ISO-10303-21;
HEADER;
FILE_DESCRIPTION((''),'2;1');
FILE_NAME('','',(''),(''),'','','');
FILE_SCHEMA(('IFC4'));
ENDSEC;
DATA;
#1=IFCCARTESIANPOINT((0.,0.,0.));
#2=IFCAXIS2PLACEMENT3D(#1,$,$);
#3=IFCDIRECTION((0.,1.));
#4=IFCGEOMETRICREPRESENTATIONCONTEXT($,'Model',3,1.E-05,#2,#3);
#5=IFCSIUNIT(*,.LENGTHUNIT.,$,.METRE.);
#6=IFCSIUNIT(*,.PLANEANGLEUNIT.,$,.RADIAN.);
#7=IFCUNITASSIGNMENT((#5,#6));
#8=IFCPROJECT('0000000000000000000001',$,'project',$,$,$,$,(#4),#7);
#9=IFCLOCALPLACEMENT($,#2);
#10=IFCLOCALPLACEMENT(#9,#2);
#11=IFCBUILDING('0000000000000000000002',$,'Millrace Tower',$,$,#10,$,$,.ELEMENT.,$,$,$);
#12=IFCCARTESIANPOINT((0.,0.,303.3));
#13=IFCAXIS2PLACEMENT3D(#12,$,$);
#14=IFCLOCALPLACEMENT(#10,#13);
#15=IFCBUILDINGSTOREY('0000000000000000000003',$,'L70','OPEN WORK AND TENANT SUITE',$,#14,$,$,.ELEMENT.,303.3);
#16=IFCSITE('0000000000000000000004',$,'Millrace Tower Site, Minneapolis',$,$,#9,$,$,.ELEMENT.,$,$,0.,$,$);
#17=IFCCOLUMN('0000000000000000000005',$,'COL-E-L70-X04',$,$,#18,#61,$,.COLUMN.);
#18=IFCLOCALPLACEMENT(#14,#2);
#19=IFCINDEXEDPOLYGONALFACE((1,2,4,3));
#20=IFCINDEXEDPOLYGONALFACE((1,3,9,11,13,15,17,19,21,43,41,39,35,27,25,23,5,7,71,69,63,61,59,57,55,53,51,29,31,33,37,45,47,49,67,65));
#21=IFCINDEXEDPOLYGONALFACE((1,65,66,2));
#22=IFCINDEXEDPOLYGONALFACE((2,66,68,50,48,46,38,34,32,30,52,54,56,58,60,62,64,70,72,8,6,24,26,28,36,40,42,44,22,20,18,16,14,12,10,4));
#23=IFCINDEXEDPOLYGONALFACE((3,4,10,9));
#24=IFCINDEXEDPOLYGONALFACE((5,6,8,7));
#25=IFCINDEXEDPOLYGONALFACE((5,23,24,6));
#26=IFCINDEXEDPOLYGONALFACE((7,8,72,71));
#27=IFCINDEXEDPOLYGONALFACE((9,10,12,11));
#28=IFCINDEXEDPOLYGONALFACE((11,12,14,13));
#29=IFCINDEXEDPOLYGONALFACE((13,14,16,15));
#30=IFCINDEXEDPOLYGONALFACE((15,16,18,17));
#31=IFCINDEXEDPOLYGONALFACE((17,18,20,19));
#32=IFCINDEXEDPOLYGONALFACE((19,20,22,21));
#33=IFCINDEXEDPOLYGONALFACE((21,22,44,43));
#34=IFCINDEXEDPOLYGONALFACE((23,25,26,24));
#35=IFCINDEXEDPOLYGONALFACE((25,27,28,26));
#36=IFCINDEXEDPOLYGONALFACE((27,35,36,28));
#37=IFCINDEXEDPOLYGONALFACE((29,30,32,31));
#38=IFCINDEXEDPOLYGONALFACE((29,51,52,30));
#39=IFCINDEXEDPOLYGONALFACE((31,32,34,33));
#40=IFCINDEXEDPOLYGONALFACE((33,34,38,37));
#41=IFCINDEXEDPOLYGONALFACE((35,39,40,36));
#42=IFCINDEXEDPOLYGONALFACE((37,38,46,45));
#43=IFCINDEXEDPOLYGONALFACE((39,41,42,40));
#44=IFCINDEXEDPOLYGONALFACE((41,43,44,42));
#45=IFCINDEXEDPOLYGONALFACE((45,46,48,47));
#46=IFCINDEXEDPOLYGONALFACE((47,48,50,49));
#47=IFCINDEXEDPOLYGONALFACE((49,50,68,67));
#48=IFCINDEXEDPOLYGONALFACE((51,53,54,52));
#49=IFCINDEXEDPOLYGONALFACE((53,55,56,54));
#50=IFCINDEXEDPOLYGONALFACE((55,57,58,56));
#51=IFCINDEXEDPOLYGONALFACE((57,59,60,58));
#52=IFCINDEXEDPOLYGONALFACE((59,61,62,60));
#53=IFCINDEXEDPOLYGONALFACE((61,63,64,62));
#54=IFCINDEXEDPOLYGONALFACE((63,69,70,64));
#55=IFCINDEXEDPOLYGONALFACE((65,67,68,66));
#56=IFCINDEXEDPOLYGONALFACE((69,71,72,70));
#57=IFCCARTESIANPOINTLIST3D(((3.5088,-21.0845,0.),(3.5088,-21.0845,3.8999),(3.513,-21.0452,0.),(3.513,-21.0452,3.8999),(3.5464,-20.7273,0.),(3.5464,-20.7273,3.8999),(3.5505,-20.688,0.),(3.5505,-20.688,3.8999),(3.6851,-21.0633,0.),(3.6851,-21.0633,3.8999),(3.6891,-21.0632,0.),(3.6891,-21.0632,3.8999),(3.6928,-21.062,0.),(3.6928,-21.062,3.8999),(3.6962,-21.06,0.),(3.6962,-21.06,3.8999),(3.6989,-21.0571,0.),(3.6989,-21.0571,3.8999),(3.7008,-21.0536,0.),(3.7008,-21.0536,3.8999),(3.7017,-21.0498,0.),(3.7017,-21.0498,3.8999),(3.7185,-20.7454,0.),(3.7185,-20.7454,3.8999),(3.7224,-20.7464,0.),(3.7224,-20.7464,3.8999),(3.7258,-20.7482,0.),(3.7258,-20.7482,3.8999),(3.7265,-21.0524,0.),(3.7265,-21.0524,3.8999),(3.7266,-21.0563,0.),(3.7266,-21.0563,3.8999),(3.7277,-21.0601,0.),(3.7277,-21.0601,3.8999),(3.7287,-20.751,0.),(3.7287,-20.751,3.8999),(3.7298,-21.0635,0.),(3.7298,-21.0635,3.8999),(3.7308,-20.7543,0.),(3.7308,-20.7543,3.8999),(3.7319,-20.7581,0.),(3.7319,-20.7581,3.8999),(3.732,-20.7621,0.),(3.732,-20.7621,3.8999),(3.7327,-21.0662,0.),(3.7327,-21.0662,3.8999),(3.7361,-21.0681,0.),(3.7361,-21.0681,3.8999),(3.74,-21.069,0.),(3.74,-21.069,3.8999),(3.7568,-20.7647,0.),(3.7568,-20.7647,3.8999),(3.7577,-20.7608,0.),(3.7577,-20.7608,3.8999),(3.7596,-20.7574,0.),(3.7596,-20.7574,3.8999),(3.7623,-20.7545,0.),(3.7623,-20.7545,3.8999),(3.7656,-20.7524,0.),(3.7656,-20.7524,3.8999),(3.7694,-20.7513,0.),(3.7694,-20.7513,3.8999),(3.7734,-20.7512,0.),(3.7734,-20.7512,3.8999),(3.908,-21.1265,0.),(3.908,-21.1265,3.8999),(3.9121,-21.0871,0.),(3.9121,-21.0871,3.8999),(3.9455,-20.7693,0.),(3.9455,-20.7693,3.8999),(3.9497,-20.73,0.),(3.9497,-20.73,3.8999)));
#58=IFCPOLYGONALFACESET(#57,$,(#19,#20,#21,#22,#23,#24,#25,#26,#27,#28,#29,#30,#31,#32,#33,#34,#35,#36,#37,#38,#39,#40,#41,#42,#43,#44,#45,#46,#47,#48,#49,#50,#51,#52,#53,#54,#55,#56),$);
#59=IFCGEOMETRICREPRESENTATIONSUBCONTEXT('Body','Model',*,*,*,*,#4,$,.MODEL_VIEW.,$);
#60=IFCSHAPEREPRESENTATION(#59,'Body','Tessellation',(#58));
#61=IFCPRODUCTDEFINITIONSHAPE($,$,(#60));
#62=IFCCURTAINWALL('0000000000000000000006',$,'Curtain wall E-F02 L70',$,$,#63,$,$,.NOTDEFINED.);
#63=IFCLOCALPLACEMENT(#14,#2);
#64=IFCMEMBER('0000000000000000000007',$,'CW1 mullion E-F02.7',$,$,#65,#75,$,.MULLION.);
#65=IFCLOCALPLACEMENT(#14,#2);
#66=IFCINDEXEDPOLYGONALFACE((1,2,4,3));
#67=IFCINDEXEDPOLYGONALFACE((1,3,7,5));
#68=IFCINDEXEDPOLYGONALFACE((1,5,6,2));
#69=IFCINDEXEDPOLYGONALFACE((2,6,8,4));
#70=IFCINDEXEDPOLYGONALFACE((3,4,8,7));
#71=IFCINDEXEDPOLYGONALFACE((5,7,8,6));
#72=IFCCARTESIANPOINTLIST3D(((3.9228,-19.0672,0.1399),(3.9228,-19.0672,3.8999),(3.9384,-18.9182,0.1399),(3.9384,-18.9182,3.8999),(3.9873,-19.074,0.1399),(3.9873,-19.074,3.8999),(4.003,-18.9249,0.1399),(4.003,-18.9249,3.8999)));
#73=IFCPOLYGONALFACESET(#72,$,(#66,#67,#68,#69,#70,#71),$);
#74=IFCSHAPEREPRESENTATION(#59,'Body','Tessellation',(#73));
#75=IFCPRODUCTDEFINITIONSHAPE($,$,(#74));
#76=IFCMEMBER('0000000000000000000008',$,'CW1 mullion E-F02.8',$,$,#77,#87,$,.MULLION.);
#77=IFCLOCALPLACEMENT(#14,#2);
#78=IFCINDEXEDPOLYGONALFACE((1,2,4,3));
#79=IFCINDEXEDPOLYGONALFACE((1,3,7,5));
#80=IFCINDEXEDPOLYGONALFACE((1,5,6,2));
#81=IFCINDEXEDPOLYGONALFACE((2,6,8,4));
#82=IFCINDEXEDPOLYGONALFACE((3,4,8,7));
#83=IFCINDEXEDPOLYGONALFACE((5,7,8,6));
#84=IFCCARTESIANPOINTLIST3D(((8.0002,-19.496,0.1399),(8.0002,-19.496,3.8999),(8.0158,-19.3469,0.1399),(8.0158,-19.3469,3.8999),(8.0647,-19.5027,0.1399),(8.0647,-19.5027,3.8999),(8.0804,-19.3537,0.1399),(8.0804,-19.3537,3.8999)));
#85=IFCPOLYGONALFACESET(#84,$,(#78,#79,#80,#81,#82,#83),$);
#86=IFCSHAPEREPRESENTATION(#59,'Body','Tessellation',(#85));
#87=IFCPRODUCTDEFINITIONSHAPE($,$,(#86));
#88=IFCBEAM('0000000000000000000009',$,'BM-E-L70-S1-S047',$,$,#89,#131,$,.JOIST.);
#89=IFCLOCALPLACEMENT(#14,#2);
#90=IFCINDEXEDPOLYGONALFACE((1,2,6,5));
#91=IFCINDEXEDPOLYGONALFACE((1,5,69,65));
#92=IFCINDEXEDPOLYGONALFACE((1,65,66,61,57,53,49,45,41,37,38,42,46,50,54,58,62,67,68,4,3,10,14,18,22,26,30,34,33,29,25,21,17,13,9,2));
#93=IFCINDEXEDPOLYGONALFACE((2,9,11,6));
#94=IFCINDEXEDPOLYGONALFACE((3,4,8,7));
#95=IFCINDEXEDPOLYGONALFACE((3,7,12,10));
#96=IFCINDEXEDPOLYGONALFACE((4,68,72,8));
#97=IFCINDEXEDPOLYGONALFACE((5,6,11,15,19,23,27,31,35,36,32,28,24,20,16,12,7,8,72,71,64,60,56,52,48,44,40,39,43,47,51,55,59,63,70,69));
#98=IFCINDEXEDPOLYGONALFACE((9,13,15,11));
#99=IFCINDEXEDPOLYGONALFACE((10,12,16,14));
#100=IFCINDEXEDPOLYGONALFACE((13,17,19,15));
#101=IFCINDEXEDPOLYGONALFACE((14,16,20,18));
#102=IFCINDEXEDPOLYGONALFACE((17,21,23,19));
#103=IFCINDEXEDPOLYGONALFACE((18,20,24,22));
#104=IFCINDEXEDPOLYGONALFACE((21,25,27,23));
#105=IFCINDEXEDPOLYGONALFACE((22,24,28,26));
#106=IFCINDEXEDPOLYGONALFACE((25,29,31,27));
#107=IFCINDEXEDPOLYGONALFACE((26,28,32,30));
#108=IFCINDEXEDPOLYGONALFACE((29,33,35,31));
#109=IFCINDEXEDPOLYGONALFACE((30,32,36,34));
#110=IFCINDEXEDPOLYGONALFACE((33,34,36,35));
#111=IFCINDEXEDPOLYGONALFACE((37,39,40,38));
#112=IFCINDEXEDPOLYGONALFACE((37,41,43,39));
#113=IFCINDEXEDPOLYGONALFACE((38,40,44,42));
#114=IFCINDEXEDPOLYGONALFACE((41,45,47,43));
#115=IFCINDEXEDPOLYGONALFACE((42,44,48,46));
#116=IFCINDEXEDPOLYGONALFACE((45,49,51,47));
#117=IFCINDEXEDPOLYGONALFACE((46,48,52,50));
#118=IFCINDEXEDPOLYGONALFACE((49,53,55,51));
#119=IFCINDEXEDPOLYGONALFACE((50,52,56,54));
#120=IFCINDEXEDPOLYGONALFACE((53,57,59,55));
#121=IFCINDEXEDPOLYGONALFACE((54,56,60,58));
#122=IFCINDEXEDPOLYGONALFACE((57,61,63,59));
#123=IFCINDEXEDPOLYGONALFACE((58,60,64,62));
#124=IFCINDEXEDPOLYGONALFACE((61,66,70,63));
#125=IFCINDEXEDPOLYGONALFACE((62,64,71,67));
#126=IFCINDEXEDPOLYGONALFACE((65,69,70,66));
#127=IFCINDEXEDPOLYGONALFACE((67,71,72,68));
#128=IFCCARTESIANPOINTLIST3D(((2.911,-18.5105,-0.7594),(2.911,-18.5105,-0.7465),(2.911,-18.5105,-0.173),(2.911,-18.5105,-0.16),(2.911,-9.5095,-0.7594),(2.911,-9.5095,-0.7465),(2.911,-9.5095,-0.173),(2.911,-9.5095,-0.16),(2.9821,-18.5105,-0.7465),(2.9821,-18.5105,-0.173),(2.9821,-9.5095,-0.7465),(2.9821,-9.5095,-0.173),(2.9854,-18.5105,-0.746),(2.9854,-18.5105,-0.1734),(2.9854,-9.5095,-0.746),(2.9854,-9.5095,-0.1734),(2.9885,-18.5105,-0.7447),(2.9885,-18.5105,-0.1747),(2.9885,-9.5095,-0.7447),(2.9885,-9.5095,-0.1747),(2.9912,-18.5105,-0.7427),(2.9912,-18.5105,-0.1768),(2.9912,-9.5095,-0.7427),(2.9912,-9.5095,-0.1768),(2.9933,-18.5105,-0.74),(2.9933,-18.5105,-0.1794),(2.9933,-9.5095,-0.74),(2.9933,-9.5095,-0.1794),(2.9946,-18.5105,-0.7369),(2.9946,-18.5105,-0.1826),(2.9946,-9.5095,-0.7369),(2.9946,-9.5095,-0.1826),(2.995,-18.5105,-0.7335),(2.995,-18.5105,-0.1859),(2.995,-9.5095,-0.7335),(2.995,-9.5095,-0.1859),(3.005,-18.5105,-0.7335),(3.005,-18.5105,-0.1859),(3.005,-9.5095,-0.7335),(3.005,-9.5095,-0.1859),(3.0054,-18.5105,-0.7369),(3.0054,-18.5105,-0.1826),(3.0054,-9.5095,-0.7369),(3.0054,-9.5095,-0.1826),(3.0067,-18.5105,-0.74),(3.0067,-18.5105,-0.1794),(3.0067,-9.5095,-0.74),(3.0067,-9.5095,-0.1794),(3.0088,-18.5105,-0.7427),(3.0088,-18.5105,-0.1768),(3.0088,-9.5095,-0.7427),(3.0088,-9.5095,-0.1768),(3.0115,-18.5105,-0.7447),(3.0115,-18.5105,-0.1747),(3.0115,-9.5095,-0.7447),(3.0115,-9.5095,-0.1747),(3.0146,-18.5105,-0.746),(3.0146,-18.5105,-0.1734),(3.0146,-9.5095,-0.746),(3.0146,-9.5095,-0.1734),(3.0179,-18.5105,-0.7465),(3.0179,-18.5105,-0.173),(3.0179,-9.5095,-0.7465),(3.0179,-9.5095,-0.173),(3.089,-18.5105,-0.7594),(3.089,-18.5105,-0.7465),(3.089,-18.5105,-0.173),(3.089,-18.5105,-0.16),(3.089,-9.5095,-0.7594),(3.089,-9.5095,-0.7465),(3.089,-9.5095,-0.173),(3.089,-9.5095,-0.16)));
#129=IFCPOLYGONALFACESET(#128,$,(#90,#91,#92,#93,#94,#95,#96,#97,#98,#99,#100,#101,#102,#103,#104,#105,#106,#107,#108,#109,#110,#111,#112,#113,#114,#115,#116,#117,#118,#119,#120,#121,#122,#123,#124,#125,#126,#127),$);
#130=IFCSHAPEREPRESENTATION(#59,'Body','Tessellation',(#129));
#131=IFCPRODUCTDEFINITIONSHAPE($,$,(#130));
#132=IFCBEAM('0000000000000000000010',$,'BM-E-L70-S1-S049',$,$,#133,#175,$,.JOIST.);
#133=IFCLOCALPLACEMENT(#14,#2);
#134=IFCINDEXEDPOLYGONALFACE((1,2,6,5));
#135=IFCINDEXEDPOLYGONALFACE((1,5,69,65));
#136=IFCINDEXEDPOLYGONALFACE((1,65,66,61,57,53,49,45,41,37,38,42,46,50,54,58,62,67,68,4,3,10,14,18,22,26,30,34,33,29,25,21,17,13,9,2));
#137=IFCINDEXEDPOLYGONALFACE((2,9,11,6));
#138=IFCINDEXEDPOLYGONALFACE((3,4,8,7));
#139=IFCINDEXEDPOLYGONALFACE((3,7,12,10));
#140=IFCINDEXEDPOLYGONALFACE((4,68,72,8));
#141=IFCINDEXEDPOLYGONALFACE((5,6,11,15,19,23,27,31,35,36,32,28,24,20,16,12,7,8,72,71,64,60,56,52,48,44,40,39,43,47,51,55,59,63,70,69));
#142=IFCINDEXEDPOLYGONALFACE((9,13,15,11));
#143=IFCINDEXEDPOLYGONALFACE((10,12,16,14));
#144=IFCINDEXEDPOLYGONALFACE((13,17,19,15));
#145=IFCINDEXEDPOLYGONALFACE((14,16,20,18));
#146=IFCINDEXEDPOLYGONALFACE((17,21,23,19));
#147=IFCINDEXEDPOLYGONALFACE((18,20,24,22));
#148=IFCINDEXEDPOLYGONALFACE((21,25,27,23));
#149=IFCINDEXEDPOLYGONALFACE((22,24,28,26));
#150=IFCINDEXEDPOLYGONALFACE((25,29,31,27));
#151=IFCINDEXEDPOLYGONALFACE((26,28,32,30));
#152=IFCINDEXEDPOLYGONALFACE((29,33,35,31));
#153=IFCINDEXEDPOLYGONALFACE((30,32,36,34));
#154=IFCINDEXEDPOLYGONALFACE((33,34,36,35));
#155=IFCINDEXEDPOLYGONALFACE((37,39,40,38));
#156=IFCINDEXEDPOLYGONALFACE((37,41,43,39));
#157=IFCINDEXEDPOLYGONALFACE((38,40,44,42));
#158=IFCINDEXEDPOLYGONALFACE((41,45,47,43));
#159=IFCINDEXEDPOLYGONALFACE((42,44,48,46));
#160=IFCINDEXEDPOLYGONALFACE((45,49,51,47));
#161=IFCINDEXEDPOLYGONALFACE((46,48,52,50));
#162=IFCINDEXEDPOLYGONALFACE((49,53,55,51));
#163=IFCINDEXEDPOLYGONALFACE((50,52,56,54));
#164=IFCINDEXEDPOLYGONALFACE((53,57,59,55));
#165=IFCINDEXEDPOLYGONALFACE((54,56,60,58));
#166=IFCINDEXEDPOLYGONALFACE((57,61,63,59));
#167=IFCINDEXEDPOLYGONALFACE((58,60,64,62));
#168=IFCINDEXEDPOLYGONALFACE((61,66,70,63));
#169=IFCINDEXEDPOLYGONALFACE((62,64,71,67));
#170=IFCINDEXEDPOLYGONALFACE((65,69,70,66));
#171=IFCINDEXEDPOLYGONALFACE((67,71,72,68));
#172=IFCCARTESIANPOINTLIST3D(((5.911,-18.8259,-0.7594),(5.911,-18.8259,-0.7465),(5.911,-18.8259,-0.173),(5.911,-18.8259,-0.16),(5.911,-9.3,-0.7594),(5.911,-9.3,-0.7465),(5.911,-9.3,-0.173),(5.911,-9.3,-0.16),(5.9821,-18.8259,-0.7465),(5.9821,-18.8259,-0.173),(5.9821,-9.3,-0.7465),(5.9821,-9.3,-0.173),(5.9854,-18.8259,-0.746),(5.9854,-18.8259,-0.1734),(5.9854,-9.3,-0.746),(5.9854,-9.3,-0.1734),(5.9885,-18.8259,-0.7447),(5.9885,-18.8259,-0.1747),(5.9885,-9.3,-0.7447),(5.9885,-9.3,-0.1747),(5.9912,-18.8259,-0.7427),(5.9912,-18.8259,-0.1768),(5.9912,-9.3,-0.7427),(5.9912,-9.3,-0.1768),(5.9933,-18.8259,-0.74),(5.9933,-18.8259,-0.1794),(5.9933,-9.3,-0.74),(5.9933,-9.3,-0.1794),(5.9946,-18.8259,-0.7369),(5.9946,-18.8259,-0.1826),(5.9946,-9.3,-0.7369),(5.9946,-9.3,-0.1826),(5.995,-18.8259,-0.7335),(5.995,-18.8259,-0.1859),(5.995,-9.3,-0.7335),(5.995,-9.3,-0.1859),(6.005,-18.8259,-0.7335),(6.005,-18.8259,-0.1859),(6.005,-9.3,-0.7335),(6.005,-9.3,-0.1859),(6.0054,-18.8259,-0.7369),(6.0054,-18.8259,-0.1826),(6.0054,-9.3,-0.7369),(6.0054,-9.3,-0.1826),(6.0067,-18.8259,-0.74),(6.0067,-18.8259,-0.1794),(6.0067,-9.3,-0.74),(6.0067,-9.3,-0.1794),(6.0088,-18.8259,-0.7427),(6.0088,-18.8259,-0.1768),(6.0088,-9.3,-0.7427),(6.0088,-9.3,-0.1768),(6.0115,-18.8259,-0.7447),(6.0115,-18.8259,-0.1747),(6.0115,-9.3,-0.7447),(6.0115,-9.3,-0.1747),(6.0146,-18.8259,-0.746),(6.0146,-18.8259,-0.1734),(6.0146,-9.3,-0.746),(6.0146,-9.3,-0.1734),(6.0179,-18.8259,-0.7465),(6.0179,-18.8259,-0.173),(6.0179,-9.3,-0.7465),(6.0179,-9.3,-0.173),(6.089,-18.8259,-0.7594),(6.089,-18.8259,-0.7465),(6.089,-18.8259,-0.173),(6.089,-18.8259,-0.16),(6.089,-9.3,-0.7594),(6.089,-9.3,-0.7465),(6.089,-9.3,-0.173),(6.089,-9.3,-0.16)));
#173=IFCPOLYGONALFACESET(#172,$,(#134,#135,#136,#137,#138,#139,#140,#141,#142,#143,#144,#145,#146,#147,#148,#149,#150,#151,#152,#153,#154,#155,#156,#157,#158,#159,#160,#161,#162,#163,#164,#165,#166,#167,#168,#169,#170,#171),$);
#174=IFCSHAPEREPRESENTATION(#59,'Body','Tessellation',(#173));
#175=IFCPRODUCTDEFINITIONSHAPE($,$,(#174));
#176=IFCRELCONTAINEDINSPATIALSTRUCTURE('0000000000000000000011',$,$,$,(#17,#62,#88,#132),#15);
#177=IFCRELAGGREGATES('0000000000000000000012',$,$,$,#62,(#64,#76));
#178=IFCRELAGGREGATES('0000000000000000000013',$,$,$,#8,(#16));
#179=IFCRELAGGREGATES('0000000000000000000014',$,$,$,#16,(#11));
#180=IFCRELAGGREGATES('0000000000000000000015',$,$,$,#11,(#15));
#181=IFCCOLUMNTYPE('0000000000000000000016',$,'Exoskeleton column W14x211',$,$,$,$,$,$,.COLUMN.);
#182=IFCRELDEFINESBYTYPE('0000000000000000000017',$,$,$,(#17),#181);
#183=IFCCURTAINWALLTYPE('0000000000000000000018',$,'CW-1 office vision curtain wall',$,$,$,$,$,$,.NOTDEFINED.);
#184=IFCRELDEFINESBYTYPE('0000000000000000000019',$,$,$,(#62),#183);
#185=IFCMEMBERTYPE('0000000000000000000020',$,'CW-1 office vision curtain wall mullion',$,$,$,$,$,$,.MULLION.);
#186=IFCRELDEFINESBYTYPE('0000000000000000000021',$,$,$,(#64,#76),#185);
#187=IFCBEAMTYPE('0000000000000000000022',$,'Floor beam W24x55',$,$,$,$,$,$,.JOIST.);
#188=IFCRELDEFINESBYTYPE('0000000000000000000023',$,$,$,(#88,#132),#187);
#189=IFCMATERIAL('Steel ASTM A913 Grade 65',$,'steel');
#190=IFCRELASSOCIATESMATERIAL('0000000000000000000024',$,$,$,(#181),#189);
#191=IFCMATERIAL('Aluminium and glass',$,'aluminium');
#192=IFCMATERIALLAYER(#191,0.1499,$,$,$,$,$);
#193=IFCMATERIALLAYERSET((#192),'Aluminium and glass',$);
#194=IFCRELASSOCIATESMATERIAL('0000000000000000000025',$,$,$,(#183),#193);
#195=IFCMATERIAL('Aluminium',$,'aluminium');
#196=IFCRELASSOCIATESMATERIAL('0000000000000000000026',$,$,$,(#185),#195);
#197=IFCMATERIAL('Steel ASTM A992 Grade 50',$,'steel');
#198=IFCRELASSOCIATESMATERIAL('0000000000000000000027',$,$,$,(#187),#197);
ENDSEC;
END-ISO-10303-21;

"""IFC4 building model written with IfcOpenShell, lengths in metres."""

from ifc_helpers import new_model, si_unit, direction, frame, origin, origin_2d, place, context, subcontext, project, spatial, rectangle, i_section, extrude, material, layer, layer_set, material_profile, profile_set, type_object, element, aggregate, save


model = new_model("IFC4")

# Units and contexts
model_context = context("Model", 3, precision=1e-05, world=origin(), true_north=direction((0.0, 1.0)))
body_context = subcontext(model_context, "Body", "Model", "MODEL_VIEW")
ifc_project = project(units=[si_unit("LENGTHUNIT", "METRE"), si_unit("PLANEANGLEUNIT", "RADIAN")], contexts=[model_context])

# Site, building, storey
site_placement = place(None, origin())
site = spatial("IfcSite", under=ifc_project, at=site_placement, Name="Millrace Tower Site, Minneapolis", CompositionType="ELEMENT", RefElevation=0.0)
building_placement = place(site_placement, origin())
building = spatial("IfcBuilding", under=site, at=building_placement, Name="Millrace Tower", CompositionType="ELEMENT")
storey_placement = place(building_placement, frame((0.0, 0.0, 303.3)))
storey = spatial("IfcBuildingStorey", under=building, at=storey_placement, Name="L70", Description="OPEN WORK AND TENANT SUITE", CompositionType="ELEMENT", Elevation=303.3)

# Column
ifc_material_1 = material(Name="Steel ASTM A913 Grade 65", Category="steel")
ifc_material_profile_1 = material_profile(ifc_material_1, i_section(OverallWidth=0.4014, OverallDepth=0.3987, WebThickness=0.0249, FlangeThickness=0.0396, FilletRadius=0.0151, at=origin_2d()))
ifc_profile_set_1 = profile_set([ifc_material_profile_1], Name="Steel ASTM A913 Grade 65")
column_type = type_object("IfcColumnType", Name="Exoskeleton column W14x211", PredefinedType="COLUMN", material=ifc_profile_set_1)
column_placement = place(storey_placement, frame((3.7292, -20.9072, 0.0), z_axis=(0.0, 0.0, 1.0), x_axis=(0.994522, -0.104528, 0.0)))
element("IfcColumn", 1, at=column_placement, inside=storey, type_object=column_type, Name="COL-E-L70-X04", PredefinedType="COLUMN", context=body_context, shape_type="SweptSolid", body=[
    extrude(i_section(OverallWidth=0.4014, OverallDepth=0.3987, WebThickness=0.0249, FlangeThickness=0.0396, FilletRadius=0.0151, at=origin_2d()), origin(), (0.0, 0.0, 1.0), 3.8999),
])

# Curtain wall, members
ifc_material_2 = material(Name="Aluminium and glass", Category="aluminium")
ifc_layer_1 = layer(ifc_material_2, 0.1499)
ifc_layer_set_1 = layer_set([ifc_layer_1], Name="Aluminium and glass")
curtain_wall_type = type_object("IfcCurtainWallType", Name="CW-1 office vision curtain wall", PredefinedType="NOTDEFINED", material=ifc_layer_set_1)
placement = place(storey_placement, origin())
curtain_wall = element("IfcCurtainWall", 2, at=placement, inside=storey, type_object=curtain_wall_type, Name="Curtain wall E-F02 L70", PredefinedType="NOTDEFINED")
ifc_material_3 = material(Name="Aluminium", Category="aluminium")
ifc_material_profile_2 = material_profile(ifc_material_3, rectangle(XDim=0.0649, YDim=0.1499, at=origin_2d()))
ifc_profile_set_2 = profile_set([ifc_material_profile_2], Name="Aluminium")
member_type = type_object("IfcMemberType", Name="CW-1 office vision curtain wall mullion", PredefinedType="MULLION", material=ifc_profile_set_2)
member_1_placement = place(storey_placement, frame((3.9629, -18.9961, 0.1399), z_axis=(0.0, 0.0, 1.0), x_axis=(0.994522, -0.104528, 0.0)))
member_1 = element("IfcMember", 3, at=member_1_placement, type_object=member_type, Name="CW1 mullion E-F02.7", PredefinedType="MULLION", context=body_context, shape_type="SweptSolid", body=[
    extrude(rectangle(XDim=0.0649, YDim=0.1499, at=origin_2d()), origin(), (0.0, 0.0, 1.0), 3.76),
])
member_2_placement = place(storey_placement, frame((8.0403, -19.4248, 0.1399), z_axis=(0.0, 0.0, 1.0), x_axis=(0.994522, -0.104528, 0.0)))
member_2 = element("IfcMember", 4, at=member_2_placement, type_object=member_type, Name="CW1 mullion E-F02.8", PredefinedType="MULLION", context=body_context, shape_type="SweptSolid", body=[
    extrude(rectangle(XDim=0.0649, YDim=0.1499, at=origin_2d()), origin(), (0.0, 0.0, 1.0), 3.76),
])
aggregate(curtain_wall, [member_1, member_2])

# Beams
ifc_material_4 = material(Name="Steel ASTM A992 Grade 50", Category="steel")
ifc_material_profile_3 = material_profile(ifc_material_4, i_section(OverallWidth=0.178, OverallDepth=0.5994, WebThickness=0.01, FlangeThickness=0.0129, FilletRadius=0.0129, at=origin_2d()))
ifc_profile_set_3 = profile_set([ifc_material_profile_3], Name="Steel ASTM A992 Grade 50")
beam_type_1 = type_object("IfcBeamType", Name="Floor beam W24x55", PredefinedType="JOIST", material=ifc_profile_set_3)
beam_1_placement = place(storey_placement, frame((3.0, -18.5105, -0.4597), z_axis=(0.0, 1.0, 0.0), x_axis=(-1.0, 0.0, 0.0)))
element("IfcBeam", 5, at=beam_1_placement, inside=storey, type_object=beam_type_1, Name="BM-E-L70-S1-S047", PredefinedType="JOIST", context=body_context, shape_type="SweptSolid", body=[
    extrude(i_section(OverallWidth=0.178, OverallDepth=0.5994, WebThickness=0.01, FlangeThickness=0.0129, FilletRadius=0.0129, at=origin_2d()), origin(), (0.0, 0.0, 1.0), 9.001),
])
beam_2_placement = place(storey_placement, frame((6.0, -18.8259, -0.4597), z_axis=(0.0, 1.0, 0.0), x_axis=(-1.0, 0.0, 0.0)))
element("IfcBeam", 6, at=beam_2_placement, inside=storey, type_object=beam_type_1, Name="BM-E-L70-S1-S049", PredefinedType="JOIST", context=body_context, shape_type="SweptSolid", body=[
    extrude(i_section(OverallWidth=0.178, OverallDepth=0.5994, WebThickness=0.01, FlangeThickness=0.0129, FilletRadius=0.0129, at=origin_2d()), origin(), (0.0, 0.0, 1.0), 9.5259),
])

save(model, "model.ifc")
